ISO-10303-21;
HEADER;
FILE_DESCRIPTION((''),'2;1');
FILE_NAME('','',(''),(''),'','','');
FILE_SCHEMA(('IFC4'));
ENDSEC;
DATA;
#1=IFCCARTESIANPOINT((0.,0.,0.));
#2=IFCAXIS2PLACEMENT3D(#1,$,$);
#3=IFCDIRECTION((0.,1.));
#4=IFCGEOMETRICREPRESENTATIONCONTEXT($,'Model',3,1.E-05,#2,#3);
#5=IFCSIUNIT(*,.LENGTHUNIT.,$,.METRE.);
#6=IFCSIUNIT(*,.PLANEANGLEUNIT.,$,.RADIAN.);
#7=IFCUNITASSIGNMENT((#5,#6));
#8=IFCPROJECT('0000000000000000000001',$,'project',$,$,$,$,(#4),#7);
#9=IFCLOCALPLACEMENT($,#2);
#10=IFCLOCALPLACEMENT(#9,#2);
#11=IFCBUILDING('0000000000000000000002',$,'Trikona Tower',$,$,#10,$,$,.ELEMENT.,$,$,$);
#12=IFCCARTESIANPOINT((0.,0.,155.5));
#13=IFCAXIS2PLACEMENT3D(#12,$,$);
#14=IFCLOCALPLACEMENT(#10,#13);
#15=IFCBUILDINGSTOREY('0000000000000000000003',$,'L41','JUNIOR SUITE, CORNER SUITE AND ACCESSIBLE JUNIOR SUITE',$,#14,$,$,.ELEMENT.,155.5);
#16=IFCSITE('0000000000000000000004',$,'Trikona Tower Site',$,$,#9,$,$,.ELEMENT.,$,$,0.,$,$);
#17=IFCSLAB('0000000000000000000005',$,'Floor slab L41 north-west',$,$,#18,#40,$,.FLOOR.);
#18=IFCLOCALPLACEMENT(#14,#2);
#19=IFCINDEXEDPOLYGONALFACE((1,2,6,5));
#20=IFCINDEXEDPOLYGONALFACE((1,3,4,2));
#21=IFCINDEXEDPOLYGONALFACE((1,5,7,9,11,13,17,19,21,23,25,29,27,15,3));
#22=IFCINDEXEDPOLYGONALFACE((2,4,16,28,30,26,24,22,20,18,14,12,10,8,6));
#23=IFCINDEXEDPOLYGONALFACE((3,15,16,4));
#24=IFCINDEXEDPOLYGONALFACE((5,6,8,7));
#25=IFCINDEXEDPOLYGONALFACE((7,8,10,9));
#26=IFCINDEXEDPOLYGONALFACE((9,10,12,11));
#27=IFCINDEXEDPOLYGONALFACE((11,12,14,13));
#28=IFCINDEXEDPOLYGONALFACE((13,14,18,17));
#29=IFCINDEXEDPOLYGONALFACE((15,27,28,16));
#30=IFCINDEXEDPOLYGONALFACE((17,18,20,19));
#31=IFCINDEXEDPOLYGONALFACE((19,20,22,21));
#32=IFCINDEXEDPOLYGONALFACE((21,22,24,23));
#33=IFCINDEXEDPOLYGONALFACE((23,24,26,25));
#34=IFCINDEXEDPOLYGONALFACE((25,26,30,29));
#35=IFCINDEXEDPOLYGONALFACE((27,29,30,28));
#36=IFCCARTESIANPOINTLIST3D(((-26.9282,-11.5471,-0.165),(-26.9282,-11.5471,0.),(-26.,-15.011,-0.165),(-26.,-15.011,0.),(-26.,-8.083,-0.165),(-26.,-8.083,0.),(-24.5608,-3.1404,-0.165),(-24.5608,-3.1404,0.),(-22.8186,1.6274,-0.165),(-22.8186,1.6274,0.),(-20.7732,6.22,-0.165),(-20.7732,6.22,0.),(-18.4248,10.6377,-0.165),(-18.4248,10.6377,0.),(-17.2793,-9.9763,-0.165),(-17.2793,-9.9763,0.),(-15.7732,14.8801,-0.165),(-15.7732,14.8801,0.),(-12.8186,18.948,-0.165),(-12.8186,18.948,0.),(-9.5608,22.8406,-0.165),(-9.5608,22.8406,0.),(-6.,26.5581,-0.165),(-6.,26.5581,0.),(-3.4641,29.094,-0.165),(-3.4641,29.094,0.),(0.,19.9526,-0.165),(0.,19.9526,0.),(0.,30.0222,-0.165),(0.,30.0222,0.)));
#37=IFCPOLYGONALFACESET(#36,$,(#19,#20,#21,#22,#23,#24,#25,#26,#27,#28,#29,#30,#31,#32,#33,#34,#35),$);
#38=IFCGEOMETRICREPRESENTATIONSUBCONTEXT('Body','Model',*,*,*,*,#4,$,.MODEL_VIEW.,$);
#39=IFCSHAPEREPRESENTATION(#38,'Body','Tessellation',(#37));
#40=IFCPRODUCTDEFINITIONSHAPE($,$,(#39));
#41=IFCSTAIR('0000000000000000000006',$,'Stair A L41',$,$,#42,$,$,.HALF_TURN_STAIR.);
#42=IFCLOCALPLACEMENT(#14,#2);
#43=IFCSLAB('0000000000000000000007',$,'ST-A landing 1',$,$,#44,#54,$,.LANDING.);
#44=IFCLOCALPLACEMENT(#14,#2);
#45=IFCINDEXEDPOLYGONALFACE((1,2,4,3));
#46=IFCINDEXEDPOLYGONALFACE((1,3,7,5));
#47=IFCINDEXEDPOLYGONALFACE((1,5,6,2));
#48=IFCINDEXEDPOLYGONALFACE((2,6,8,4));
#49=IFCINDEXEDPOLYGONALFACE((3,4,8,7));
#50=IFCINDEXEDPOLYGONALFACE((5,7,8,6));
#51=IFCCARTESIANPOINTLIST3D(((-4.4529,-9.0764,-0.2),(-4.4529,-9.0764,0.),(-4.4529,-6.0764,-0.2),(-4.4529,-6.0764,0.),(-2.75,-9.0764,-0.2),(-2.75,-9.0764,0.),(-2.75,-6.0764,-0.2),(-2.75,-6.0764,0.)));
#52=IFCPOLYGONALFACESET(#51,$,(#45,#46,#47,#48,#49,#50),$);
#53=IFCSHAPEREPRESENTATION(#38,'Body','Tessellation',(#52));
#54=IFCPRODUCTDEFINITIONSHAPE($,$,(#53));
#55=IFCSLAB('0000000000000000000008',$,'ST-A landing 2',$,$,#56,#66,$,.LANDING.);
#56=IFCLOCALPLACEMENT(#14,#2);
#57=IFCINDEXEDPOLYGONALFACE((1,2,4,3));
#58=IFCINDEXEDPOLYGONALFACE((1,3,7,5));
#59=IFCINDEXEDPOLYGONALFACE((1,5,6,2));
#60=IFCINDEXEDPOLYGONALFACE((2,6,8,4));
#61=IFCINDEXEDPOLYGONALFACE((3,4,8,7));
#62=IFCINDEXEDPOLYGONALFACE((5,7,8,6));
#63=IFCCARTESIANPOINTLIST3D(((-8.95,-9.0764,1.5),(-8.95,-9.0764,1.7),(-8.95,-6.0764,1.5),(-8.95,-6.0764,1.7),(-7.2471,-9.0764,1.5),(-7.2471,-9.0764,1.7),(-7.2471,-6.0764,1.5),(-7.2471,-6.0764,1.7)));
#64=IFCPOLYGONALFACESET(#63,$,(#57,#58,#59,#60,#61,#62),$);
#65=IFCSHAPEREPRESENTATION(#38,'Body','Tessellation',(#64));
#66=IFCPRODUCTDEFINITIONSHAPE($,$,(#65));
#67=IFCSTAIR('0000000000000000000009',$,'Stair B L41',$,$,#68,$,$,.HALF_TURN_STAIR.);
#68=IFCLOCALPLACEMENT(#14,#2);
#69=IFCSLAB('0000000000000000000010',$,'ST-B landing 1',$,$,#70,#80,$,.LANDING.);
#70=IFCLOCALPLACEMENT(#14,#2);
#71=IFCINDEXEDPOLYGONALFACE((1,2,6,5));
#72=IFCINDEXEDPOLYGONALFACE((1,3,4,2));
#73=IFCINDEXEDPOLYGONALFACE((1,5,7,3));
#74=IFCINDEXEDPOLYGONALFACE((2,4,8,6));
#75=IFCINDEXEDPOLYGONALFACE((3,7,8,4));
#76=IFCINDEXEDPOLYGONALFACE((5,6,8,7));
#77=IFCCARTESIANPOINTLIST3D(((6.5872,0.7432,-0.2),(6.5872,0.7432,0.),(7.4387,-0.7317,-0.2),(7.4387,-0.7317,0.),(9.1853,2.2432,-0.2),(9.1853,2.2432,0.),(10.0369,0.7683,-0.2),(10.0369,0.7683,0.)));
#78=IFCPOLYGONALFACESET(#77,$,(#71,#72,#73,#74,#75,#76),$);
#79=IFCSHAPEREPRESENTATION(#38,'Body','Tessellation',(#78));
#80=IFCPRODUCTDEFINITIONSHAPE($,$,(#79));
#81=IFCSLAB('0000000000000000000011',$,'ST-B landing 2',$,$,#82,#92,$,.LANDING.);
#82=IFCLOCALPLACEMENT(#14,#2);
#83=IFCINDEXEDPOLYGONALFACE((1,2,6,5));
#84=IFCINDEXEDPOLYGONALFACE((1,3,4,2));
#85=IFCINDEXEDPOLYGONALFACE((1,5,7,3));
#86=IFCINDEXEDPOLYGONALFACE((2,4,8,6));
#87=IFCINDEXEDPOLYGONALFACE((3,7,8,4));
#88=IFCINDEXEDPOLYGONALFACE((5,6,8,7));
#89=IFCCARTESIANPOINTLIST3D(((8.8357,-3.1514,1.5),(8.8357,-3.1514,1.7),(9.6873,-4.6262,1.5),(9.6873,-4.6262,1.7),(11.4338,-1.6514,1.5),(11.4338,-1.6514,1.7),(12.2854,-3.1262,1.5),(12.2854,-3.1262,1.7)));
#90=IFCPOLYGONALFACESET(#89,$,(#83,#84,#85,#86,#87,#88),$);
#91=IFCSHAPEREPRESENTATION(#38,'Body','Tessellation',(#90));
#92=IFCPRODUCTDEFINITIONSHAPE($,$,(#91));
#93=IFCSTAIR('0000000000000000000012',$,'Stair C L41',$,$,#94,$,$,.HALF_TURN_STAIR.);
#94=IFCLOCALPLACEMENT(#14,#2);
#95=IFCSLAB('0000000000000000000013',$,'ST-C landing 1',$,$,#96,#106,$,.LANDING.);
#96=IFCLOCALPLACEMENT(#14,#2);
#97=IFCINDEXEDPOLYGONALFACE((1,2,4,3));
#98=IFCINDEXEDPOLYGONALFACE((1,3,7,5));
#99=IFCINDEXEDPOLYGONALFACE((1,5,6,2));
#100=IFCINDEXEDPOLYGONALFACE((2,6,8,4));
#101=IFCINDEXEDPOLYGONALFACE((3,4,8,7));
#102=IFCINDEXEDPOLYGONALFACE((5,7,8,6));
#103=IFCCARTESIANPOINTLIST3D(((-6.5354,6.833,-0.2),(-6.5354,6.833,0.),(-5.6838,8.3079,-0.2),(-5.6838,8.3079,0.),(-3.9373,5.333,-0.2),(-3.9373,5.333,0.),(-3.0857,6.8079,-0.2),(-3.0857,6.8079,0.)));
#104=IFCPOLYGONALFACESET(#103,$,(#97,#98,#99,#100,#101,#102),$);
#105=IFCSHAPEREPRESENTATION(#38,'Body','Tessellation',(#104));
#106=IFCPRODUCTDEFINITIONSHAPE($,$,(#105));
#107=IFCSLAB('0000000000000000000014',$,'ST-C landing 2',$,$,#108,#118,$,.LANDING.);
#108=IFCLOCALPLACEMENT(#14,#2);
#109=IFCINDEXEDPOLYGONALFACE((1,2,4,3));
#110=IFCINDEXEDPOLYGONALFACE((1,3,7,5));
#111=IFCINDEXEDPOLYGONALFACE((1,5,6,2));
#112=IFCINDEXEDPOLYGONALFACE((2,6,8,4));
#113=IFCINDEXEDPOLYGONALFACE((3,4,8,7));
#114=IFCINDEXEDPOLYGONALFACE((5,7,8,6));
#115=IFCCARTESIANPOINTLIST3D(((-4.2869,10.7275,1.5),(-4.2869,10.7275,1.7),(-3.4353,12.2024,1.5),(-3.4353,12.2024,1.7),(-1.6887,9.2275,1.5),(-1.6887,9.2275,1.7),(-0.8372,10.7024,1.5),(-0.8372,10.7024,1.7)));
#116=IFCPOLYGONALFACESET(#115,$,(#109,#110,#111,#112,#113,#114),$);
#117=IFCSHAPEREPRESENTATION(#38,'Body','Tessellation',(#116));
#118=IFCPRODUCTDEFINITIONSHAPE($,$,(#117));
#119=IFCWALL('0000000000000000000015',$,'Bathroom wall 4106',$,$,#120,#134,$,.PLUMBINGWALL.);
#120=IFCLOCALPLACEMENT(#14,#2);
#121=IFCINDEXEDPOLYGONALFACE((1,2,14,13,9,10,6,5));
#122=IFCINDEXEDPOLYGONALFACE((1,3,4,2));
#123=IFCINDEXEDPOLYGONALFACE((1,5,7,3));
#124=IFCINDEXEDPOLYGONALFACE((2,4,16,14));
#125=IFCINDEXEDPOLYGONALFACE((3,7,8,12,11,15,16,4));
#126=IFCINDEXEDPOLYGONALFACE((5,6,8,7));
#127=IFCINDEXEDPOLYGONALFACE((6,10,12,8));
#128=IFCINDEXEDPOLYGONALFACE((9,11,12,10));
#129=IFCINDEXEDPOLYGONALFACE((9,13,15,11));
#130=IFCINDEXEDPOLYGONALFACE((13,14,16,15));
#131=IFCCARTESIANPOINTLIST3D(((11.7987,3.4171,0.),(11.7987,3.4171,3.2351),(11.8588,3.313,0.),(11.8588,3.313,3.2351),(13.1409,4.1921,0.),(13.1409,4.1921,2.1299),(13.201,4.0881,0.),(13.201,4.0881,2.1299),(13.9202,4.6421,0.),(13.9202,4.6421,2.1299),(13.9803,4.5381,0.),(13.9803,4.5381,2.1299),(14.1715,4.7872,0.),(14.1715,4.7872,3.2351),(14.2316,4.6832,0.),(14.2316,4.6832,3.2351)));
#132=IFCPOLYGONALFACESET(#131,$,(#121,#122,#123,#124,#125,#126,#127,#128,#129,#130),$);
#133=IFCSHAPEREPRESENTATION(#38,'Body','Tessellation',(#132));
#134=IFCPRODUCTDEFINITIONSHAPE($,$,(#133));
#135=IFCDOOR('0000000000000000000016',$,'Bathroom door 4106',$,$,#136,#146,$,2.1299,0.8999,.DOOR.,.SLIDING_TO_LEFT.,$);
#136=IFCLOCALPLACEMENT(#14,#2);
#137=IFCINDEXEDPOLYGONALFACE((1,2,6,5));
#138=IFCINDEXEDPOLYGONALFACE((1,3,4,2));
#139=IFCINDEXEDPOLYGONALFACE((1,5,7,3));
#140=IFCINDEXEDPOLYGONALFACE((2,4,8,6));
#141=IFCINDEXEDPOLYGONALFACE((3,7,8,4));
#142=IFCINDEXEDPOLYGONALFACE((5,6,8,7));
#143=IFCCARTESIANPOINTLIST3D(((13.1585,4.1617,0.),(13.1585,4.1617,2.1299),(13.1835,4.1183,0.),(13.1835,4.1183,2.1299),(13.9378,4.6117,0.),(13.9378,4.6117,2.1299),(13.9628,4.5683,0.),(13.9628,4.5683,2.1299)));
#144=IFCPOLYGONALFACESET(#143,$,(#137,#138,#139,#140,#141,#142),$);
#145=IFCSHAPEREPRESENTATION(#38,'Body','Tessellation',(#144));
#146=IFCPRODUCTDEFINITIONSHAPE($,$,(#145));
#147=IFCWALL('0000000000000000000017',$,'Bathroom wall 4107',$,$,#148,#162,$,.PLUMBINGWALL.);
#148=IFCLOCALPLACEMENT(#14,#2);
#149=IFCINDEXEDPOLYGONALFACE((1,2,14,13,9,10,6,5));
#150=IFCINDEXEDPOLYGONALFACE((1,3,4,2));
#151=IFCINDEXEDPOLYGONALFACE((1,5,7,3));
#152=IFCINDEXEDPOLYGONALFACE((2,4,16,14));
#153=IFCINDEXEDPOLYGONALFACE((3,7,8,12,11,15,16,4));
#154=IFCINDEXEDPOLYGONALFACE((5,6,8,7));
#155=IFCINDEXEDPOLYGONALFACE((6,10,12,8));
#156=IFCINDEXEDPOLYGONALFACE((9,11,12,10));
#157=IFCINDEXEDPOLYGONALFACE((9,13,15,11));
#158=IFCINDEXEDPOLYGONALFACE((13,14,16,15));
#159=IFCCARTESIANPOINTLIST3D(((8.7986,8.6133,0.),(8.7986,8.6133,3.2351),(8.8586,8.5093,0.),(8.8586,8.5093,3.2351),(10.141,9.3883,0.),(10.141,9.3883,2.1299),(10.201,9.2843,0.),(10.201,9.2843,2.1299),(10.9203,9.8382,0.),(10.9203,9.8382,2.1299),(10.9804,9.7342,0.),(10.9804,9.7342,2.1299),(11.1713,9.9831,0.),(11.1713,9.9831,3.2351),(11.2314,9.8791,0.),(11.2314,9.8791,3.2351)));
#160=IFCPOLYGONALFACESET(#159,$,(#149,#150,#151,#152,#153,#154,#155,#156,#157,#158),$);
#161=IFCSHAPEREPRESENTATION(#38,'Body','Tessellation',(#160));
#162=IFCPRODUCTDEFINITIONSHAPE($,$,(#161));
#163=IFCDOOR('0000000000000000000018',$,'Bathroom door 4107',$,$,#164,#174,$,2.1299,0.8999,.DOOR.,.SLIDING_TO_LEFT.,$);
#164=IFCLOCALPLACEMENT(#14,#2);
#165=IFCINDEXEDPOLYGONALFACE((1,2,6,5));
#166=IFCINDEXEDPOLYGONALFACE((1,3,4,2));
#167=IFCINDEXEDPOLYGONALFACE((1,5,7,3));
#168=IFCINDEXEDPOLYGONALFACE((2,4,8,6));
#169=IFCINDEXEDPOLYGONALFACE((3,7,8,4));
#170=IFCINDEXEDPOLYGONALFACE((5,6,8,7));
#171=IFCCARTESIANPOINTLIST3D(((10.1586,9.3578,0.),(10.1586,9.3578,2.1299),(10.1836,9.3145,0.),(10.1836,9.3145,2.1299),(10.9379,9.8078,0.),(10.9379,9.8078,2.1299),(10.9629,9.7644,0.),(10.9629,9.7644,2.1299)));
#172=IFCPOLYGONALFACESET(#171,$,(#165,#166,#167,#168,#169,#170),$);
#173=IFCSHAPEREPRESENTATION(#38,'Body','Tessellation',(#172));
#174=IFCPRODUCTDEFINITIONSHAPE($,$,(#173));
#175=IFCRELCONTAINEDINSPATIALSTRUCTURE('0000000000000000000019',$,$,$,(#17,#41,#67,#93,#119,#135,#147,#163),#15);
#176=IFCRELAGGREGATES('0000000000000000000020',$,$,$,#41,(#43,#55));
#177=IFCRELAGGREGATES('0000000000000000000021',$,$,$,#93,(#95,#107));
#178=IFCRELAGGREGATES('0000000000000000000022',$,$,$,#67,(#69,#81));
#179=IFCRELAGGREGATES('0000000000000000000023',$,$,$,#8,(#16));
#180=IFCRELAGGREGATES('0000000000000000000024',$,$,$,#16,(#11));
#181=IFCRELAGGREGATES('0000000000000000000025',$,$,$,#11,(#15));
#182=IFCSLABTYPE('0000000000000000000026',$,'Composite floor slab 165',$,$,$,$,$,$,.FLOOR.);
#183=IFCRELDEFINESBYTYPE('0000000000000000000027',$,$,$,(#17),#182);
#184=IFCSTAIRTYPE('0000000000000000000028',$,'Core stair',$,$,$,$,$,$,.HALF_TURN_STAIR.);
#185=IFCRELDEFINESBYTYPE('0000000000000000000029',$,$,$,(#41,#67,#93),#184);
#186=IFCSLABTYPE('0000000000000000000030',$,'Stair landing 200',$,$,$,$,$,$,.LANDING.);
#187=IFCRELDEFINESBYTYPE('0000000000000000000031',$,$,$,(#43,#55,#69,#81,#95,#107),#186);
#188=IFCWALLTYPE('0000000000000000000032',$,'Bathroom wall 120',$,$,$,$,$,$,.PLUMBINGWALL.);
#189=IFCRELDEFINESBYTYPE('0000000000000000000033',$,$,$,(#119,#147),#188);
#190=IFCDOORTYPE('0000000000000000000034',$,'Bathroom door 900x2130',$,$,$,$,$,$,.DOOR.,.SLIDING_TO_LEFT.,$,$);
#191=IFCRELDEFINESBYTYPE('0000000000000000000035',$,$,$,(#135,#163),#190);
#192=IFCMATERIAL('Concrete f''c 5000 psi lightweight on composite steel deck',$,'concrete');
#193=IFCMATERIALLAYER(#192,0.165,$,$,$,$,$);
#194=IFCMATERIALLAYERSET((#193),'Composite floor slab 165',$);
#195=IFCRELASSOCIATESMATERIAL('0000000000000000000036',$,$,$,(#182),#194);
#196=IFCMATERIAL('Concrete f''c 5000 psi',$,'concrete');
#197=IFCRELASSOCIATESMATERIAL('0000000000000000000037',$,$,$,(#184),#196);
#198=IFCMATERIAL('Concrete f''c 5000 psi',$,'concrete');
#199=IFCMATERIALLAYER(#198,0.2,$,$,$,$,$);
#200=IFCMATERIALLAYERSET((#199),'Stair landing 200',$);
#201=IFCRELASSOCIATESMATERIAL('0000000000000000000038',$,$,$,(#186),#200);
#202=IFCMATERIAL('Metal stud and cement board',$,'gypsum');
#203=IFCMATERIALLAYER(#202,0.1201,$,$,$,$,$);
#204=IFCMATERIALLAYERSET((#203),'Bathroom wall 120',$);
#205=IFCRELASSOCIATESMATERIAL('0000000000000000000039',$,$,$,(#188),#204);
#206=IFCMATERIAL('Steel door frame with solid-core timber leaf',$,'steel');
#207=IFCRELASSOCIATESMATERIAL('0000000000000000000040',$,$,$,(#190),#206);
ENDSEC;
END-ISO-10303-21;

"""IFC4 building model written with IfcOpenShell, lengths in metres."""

from ifc_helpers import new_model, si_unit, direction, frame, frame_2d, origin, place, context, subcontext, project, spatial, polyline, rectangle, outline, extrude, material, layer, layer_set, type_object, element, fill, aggregate, save


model = new_model("IFC4")

# Units and contexts
model_context = context("Model", 3, precision=1e-05, world=origin(), true_north=direction((0.0, 1.0)))
body_context = subcontext(model_context, "Body", "Model", "MODEL_VIEW")
ifc_project = project(units=[si_unit("LENGTHUNIT", "METRE"), si_unit("PLANEANGLEUNIT", "RADIAN")], contexts=[model_context])

# Site, building, storey
site_placement = place(None, origin())
site = spatial("IfcSite", under=ifc_project, at=site_placement, Name="Trikona Tower Site", CompositionType="ELEMENT", RefElevation=0.0)
building_placement = place(site_placement, origin())
building = spatial("IfcBuilding", under=site, at=building_placement, Name="Trikona Tower", CompositionType="ELEMENT")
storey_placement = place(building_placement, frame((0.0, 0.0, 155.5)))
storey = spatial("IfcBuildingStorey", under=building, at=storey_placement, Name="L41", Description="JUNIOR SUITE, CORNER SUITE AND ACCESSIBLE JUNIOR SUITE", CompositionType="ELEMENT", Elevation=155.5)

# Slab
ifc_material_1 = material(Name="Concrete f'c 5000 psi lightweight on composite steel deck", Category="concrete")
ifc_layer_1 = layer(ifc_material_1, 0.165)
ifc_layer_set_1 = layer_set([ifc_layer_1], Name="Composite floor slab 165")
slab_type_1 = type_object("IfcSlabType", Name="Composite floor slab 165", PredefinedType="FLOOR", material=ifc_layer_set_1)
slab_1_placement = place(storey_placement, frame((0.0, 0.0, -0.165)))
element("IfcSlab", 1, at=slab_1_placement, inside=storey, type_object=slab_type_1, Name="Floor slab L41 north-west", PredefinedType="FLOOR", context=body_context, shape_type="SweptSolid", body=[
    extrude(outline(polyline([(0.0, 19.9526), (0.0, 30.0222), (-3.4641, 29.094), (-6.0, 26.5581), (-9.5608, 22.8406), (-12.8186, 18.948), (-15.7732, 14.8801), (-18.4248, 10.6377), (-20.7732, 6.22), (-22.8186, 1.6274), (-24.5608, -3.1404), (-26.0, -8.083), (-26.9282, -11.5471), (-26.0, -15.011), (-17.2793, -9.9763), (0.0, 19.9526)])), origin(), (0.0, 0.0, 1.0), 0.165),
])

# Stairs, slabs
ifc_material_2 = material(Name="Concrete f'c 5000 psi", Category="concrete")
stair_type = type_object("IfcStairType", Name="Core stair", PredefinedType="HALF_TURN_STAIR", material=ifc_material_2)
stair_1_placement = place(storey_placement, origin())
stair_1 = element("IfcStair", 2, at=stair_1_placement, inside=storey, type_object=stair_type, Name="Stair A L41", PredefinedType="HALF_TURN_STAIR")
ifc_material_3 = material(Name="Concrete f'c 5000 psi", Category="concrete")
ifc_layer_2 = layer(ifc_material_3, 0.2)
ifc_layer_set_2 = layer_set([ifc_layer_2], Name="Stair landing 200")
slab_type_2 = type_object("IfcSlabType", Name="Stair landing 200", PredefinedType="LANDING", material=ifc_layer_set_2)
slab_2_placement = place(storey_placement, frame((0.0, 0.0, -0.2)))
slab_2 = element("IfcSlab", 3, at=slab_2_placement, type_object=slab_type_2, Name="ST-A landing 1", PredefinedType="LANDING", context=body_context, shape_type="SweptSolid", body=[
    extrude(outline(polyline([(-4.4529, -6.0764), (-2.75, -6.0764), (-2.75, -9.0764), (-4.4529, -9.0764), (-4.4529, -6.0764)])), origin(), (0.0, 0.0, 1.0), 0.2),
])
slab_3_placement = place(storey_placement, frame((0.0, 0.0, 1.5)))
slab_3 = element("IfcSlab", 4, at=slab_3_placement, type_object=slab_type_2, Name="ST-A landing 2", PredefinedType="LANDING", context=body_context, shape_type="SweptSolid", body=[
    extrude(outline(polyline([(-8.95, -6.0764), (-7.2471, -6.0764), (-7.2471, -9.0764), (-8.95, -9.0764), (-8.95, -6.0764)])), origin(), (0.0, 0.0, 1.0), 0.2),
])
aggregate(stair_1, [slab_2, slab_3])
stair_2_placement = place(storey_placement, origin())
stair_2 = element("IfcStair", 5, at=stair_2_placement, inside=storey, type_object=stair_type, Name="Stair B L41", PredefinedType="HALF_TURN_STAIR")
slab_4_placement = place(storey_placement, frame((0.0, 0.0, -0.2)))
slab_4 = element("IfcSlab", 6, at=slab_4_placement, type_object=slab_type_2, Name="ST-B landing 1", PredefinedType="LANDING", context=body_context, shape_type="SweptSolid", body=[
    extrude(outline(polyline([(7.4387, -0.7317), (6.5872, 0.7432), (9.1853, 2.2432), (10.0369, 0.7683), (7.4387, -0.7317)])), origin(), (0.0, 0.0, 1.0), 0.2),
])
slab_5_placement = place(storey_placement, frame((0.0, 0.0, 1.5)))
slab_5 = element("IfcSlab", 7, at=slab_5_placement, type_object=slab_type_2, Name="ST-B landing 2", PredefinedType="LANDING", context=body_context, shape_type="SweptSolid", body=[
    extrude(outline(polyline([(9.6873, -4.6262), (8.8357, -3.1514), (11.4338, -1.6514), (12.2854, -3.1262), (9.6873, -4.6262)])), origin(), (0.0, 0.0, 1.0), 0.2),
])
stair_3_placement = place(storey_placement, origin())
stair_3 = element("IfcStair", 8, at=stair_3_placement, inside=storey, type_object=stair_type, Name="Stair C L41", PredefinedType="HALF_TURN_STAIR")
slab_6_placement = place(storey_placement, frame((0.0, 0.0, -0.2)))
slab_6 = element("IfcSlab", 9, at=slab_6_placement, type_object=slab_type_2, Name="ST-C landing 1", PredefinedType="LANDING", context=body_context, shape_type="SweptSolid", body=[
    extrude(outline(polyline([(-3.0857, 6.8079), (-3.9373, 5.333), (-6.5354, 6.833), (-5.6838, 8.3079), (-3.0857, 6.8079)])), origin(), (0.0, 0.0, 1.0), 0.2),
])
slab_7_placement = place(storey_placement, frame((0.0, 0.0, 1.5)))
slab_7 = element("IfcSlab", 10, at=slab_7_placement, type_object=slab_type_2, Name="ST-C landing 2", PredefinedType="LANDING", context=body_context, shape_type="SweptSolid", body=[
    extrude(outline(polyline([(-0.8372, 10.7024), (-1.6887, 9.2275), (-4.2869, 10.7275), (-3.4353, 12.2024), (-0.8372, 10.7024)])), origin(), (0.0, 0.0, 1.0), 0.2),
])
aggregate(stair_3, [slab_6, slab_7])

# Walls, openings, doors
ifc_material_4 = material(Name="Metal stud and cement board", Category="gypsum")
ifc_layer_3 = layer(ifc_material_4, 0.1201)
ifc_layer_set_3 = layer_set([ifc_layer_3], Name="Bathroom wall 120")
wall_type_1 = type_object("IfcWallType", Name="Bathroom wall 120", PredefinedType="PLUMBINGWALL", material=ifc_layer_set_3)
wall_1_placement = place(storey_placement, frame((11.8286, 3.365, 0.0), z_axis=(0.0, 0.0, 1.0), x_axis=(0.865997, 0.500049, 0.0)))
wall_1 = element("IfcWall", 11, at=wall_1_placement, inside=storey, type_object=wall_type_1, Name="Bathroom wall 4106", PredefinedType="PLUMBINGWALL", context=body_context, shape_type="SweptSolid", body=[
    extrude(rectangle(XDim=2.74, YDim=0.1201, at=frame_2d((1.3701, 0.0))), origin(), (0.0, 0.0, 1.0), 3.2351),
])
opening_1_placement = place(wall_1_placement, frame((1.55, 0.0, 0.0)))
opening_1 = element("IfcOpeningElement", 12, at=opening_1_placement, cuts=wall_1, PredefinedType="OPENING", context=body_context, shape_type="SweptSolid", body=[
    extrude(rectangle(XDim=0.8999, YDim=2.1299, at=frame_2d((0.45, 1.0649))), frame((0.0, 0.0701, 0.0), z_axis=(0.0, -1.0, 0.0), x_axis=(1.0, 0.0, 0.0)), (0.0, 0.0, 1.0), 0.1401),
])
ifc_material_5 = material(Name="Steel door frame with solid-core timber leaf", Category="steel")
door_type_1 = type_object("IfcDoorType", Name="Bathroom door 900x2130", OperationType="SLIDING_TO_LEFT", PredefinedType="DOOR", material=ifc_material_5)
door_1_placement = place(opening_1_placement, origin())
door_1 = element("IfcDoor", 13, at=door_1_placement, inside=storey, type_object=door_type_1, Name="Bathroom door 4106", OperationType="SLIDING_TO_LEFT", OverallHeight=2.1299, OverallWidth=0.8999, PredefinedType="DOOR", context=body_context, shape_type="SweptSolid", body=[
    extrude(rectangle(XDim=0.8999, YDim=2.1299, at=frame_2d((0.45, 1.0649))), frame((0.0, 0.0249, 0.0), z_axis=(0.0, -1.0, 0.0), x_axis=(1.0, 0.0, 0.0)), (0.0, 0.0, 1.0), 0.05),
])
fill(opening_1, door_1)
wall_2_placement = place(storey_placement, frame((8.8286, 8.5613, 0.0), z_axis=(0.0, 0.0, 1.0), x_axis=(0.866036, 0.499982, 0.0)))
wall_2 = element("IfcWall", 14, at=wall_2_placement, inside=storey, type_object=wall_type_1, Name="Bathroom wall 4107", PredefinedType="PLUMBINGWALL", context=body_context, shape_type="SweptSolid", body=[
    extrude(rectangle(XDim=2.7397, YDim=0.1201, at=frame_2d((1.3699, 0.0))), origin(), (0.0, 0.0, 1.0), 3.2351),
])
opening_2_placement = place(wall_2_placement, frame((1.55, 0.0, 0.0)))
opening_2 = element("IfcOpeningElement", 15, at=opening_2_placement, cuts=wall_2, PredefinedType="OPENING", context=body_context, shape_type="SweptSolid", body=[
    extrude(rectangle(XDim=0.8999, YDim=2.1299, at=frame_2d((0.45, 1.0649))), frame((0.0, 0.0701, 0.0), z_axis=(0.0, -1.0, 0.0), x_axis=(1.0, 0.0, 0.0)), (0.0, 0.0, 1.0), 0.1401),
])
door_2_placement = place(opening_2_placement, origin())
door_2 = element("IfcDoor", 16, at=door_2_placement, inside=storey, type_object=door_type_1, Name="Bathroom door 4107", OperationType="SLIDING_TO_LEFT", OverallHeight=2.1299, OverallWidth=0.8999, PredefinedType="DOOR", context=body_context, shape_type="SweptSolid", body=[
    extrude(rectangle(XDim=0.8999, YDim=2.1299, at=frame_2d((0.45, 1.0649))), frame((0.0, 0.0249, 0.0), z_axis=(0.0, -1.0, 0.0), x_axis=(1.0, 0.0, 0.0)), (0.0, 0.0, 1.0), 0.05),
])
fill(opening_2, door_2)

aggregate(stair_2, [slab_4, slab_5])

save(model, "model.ifc")
